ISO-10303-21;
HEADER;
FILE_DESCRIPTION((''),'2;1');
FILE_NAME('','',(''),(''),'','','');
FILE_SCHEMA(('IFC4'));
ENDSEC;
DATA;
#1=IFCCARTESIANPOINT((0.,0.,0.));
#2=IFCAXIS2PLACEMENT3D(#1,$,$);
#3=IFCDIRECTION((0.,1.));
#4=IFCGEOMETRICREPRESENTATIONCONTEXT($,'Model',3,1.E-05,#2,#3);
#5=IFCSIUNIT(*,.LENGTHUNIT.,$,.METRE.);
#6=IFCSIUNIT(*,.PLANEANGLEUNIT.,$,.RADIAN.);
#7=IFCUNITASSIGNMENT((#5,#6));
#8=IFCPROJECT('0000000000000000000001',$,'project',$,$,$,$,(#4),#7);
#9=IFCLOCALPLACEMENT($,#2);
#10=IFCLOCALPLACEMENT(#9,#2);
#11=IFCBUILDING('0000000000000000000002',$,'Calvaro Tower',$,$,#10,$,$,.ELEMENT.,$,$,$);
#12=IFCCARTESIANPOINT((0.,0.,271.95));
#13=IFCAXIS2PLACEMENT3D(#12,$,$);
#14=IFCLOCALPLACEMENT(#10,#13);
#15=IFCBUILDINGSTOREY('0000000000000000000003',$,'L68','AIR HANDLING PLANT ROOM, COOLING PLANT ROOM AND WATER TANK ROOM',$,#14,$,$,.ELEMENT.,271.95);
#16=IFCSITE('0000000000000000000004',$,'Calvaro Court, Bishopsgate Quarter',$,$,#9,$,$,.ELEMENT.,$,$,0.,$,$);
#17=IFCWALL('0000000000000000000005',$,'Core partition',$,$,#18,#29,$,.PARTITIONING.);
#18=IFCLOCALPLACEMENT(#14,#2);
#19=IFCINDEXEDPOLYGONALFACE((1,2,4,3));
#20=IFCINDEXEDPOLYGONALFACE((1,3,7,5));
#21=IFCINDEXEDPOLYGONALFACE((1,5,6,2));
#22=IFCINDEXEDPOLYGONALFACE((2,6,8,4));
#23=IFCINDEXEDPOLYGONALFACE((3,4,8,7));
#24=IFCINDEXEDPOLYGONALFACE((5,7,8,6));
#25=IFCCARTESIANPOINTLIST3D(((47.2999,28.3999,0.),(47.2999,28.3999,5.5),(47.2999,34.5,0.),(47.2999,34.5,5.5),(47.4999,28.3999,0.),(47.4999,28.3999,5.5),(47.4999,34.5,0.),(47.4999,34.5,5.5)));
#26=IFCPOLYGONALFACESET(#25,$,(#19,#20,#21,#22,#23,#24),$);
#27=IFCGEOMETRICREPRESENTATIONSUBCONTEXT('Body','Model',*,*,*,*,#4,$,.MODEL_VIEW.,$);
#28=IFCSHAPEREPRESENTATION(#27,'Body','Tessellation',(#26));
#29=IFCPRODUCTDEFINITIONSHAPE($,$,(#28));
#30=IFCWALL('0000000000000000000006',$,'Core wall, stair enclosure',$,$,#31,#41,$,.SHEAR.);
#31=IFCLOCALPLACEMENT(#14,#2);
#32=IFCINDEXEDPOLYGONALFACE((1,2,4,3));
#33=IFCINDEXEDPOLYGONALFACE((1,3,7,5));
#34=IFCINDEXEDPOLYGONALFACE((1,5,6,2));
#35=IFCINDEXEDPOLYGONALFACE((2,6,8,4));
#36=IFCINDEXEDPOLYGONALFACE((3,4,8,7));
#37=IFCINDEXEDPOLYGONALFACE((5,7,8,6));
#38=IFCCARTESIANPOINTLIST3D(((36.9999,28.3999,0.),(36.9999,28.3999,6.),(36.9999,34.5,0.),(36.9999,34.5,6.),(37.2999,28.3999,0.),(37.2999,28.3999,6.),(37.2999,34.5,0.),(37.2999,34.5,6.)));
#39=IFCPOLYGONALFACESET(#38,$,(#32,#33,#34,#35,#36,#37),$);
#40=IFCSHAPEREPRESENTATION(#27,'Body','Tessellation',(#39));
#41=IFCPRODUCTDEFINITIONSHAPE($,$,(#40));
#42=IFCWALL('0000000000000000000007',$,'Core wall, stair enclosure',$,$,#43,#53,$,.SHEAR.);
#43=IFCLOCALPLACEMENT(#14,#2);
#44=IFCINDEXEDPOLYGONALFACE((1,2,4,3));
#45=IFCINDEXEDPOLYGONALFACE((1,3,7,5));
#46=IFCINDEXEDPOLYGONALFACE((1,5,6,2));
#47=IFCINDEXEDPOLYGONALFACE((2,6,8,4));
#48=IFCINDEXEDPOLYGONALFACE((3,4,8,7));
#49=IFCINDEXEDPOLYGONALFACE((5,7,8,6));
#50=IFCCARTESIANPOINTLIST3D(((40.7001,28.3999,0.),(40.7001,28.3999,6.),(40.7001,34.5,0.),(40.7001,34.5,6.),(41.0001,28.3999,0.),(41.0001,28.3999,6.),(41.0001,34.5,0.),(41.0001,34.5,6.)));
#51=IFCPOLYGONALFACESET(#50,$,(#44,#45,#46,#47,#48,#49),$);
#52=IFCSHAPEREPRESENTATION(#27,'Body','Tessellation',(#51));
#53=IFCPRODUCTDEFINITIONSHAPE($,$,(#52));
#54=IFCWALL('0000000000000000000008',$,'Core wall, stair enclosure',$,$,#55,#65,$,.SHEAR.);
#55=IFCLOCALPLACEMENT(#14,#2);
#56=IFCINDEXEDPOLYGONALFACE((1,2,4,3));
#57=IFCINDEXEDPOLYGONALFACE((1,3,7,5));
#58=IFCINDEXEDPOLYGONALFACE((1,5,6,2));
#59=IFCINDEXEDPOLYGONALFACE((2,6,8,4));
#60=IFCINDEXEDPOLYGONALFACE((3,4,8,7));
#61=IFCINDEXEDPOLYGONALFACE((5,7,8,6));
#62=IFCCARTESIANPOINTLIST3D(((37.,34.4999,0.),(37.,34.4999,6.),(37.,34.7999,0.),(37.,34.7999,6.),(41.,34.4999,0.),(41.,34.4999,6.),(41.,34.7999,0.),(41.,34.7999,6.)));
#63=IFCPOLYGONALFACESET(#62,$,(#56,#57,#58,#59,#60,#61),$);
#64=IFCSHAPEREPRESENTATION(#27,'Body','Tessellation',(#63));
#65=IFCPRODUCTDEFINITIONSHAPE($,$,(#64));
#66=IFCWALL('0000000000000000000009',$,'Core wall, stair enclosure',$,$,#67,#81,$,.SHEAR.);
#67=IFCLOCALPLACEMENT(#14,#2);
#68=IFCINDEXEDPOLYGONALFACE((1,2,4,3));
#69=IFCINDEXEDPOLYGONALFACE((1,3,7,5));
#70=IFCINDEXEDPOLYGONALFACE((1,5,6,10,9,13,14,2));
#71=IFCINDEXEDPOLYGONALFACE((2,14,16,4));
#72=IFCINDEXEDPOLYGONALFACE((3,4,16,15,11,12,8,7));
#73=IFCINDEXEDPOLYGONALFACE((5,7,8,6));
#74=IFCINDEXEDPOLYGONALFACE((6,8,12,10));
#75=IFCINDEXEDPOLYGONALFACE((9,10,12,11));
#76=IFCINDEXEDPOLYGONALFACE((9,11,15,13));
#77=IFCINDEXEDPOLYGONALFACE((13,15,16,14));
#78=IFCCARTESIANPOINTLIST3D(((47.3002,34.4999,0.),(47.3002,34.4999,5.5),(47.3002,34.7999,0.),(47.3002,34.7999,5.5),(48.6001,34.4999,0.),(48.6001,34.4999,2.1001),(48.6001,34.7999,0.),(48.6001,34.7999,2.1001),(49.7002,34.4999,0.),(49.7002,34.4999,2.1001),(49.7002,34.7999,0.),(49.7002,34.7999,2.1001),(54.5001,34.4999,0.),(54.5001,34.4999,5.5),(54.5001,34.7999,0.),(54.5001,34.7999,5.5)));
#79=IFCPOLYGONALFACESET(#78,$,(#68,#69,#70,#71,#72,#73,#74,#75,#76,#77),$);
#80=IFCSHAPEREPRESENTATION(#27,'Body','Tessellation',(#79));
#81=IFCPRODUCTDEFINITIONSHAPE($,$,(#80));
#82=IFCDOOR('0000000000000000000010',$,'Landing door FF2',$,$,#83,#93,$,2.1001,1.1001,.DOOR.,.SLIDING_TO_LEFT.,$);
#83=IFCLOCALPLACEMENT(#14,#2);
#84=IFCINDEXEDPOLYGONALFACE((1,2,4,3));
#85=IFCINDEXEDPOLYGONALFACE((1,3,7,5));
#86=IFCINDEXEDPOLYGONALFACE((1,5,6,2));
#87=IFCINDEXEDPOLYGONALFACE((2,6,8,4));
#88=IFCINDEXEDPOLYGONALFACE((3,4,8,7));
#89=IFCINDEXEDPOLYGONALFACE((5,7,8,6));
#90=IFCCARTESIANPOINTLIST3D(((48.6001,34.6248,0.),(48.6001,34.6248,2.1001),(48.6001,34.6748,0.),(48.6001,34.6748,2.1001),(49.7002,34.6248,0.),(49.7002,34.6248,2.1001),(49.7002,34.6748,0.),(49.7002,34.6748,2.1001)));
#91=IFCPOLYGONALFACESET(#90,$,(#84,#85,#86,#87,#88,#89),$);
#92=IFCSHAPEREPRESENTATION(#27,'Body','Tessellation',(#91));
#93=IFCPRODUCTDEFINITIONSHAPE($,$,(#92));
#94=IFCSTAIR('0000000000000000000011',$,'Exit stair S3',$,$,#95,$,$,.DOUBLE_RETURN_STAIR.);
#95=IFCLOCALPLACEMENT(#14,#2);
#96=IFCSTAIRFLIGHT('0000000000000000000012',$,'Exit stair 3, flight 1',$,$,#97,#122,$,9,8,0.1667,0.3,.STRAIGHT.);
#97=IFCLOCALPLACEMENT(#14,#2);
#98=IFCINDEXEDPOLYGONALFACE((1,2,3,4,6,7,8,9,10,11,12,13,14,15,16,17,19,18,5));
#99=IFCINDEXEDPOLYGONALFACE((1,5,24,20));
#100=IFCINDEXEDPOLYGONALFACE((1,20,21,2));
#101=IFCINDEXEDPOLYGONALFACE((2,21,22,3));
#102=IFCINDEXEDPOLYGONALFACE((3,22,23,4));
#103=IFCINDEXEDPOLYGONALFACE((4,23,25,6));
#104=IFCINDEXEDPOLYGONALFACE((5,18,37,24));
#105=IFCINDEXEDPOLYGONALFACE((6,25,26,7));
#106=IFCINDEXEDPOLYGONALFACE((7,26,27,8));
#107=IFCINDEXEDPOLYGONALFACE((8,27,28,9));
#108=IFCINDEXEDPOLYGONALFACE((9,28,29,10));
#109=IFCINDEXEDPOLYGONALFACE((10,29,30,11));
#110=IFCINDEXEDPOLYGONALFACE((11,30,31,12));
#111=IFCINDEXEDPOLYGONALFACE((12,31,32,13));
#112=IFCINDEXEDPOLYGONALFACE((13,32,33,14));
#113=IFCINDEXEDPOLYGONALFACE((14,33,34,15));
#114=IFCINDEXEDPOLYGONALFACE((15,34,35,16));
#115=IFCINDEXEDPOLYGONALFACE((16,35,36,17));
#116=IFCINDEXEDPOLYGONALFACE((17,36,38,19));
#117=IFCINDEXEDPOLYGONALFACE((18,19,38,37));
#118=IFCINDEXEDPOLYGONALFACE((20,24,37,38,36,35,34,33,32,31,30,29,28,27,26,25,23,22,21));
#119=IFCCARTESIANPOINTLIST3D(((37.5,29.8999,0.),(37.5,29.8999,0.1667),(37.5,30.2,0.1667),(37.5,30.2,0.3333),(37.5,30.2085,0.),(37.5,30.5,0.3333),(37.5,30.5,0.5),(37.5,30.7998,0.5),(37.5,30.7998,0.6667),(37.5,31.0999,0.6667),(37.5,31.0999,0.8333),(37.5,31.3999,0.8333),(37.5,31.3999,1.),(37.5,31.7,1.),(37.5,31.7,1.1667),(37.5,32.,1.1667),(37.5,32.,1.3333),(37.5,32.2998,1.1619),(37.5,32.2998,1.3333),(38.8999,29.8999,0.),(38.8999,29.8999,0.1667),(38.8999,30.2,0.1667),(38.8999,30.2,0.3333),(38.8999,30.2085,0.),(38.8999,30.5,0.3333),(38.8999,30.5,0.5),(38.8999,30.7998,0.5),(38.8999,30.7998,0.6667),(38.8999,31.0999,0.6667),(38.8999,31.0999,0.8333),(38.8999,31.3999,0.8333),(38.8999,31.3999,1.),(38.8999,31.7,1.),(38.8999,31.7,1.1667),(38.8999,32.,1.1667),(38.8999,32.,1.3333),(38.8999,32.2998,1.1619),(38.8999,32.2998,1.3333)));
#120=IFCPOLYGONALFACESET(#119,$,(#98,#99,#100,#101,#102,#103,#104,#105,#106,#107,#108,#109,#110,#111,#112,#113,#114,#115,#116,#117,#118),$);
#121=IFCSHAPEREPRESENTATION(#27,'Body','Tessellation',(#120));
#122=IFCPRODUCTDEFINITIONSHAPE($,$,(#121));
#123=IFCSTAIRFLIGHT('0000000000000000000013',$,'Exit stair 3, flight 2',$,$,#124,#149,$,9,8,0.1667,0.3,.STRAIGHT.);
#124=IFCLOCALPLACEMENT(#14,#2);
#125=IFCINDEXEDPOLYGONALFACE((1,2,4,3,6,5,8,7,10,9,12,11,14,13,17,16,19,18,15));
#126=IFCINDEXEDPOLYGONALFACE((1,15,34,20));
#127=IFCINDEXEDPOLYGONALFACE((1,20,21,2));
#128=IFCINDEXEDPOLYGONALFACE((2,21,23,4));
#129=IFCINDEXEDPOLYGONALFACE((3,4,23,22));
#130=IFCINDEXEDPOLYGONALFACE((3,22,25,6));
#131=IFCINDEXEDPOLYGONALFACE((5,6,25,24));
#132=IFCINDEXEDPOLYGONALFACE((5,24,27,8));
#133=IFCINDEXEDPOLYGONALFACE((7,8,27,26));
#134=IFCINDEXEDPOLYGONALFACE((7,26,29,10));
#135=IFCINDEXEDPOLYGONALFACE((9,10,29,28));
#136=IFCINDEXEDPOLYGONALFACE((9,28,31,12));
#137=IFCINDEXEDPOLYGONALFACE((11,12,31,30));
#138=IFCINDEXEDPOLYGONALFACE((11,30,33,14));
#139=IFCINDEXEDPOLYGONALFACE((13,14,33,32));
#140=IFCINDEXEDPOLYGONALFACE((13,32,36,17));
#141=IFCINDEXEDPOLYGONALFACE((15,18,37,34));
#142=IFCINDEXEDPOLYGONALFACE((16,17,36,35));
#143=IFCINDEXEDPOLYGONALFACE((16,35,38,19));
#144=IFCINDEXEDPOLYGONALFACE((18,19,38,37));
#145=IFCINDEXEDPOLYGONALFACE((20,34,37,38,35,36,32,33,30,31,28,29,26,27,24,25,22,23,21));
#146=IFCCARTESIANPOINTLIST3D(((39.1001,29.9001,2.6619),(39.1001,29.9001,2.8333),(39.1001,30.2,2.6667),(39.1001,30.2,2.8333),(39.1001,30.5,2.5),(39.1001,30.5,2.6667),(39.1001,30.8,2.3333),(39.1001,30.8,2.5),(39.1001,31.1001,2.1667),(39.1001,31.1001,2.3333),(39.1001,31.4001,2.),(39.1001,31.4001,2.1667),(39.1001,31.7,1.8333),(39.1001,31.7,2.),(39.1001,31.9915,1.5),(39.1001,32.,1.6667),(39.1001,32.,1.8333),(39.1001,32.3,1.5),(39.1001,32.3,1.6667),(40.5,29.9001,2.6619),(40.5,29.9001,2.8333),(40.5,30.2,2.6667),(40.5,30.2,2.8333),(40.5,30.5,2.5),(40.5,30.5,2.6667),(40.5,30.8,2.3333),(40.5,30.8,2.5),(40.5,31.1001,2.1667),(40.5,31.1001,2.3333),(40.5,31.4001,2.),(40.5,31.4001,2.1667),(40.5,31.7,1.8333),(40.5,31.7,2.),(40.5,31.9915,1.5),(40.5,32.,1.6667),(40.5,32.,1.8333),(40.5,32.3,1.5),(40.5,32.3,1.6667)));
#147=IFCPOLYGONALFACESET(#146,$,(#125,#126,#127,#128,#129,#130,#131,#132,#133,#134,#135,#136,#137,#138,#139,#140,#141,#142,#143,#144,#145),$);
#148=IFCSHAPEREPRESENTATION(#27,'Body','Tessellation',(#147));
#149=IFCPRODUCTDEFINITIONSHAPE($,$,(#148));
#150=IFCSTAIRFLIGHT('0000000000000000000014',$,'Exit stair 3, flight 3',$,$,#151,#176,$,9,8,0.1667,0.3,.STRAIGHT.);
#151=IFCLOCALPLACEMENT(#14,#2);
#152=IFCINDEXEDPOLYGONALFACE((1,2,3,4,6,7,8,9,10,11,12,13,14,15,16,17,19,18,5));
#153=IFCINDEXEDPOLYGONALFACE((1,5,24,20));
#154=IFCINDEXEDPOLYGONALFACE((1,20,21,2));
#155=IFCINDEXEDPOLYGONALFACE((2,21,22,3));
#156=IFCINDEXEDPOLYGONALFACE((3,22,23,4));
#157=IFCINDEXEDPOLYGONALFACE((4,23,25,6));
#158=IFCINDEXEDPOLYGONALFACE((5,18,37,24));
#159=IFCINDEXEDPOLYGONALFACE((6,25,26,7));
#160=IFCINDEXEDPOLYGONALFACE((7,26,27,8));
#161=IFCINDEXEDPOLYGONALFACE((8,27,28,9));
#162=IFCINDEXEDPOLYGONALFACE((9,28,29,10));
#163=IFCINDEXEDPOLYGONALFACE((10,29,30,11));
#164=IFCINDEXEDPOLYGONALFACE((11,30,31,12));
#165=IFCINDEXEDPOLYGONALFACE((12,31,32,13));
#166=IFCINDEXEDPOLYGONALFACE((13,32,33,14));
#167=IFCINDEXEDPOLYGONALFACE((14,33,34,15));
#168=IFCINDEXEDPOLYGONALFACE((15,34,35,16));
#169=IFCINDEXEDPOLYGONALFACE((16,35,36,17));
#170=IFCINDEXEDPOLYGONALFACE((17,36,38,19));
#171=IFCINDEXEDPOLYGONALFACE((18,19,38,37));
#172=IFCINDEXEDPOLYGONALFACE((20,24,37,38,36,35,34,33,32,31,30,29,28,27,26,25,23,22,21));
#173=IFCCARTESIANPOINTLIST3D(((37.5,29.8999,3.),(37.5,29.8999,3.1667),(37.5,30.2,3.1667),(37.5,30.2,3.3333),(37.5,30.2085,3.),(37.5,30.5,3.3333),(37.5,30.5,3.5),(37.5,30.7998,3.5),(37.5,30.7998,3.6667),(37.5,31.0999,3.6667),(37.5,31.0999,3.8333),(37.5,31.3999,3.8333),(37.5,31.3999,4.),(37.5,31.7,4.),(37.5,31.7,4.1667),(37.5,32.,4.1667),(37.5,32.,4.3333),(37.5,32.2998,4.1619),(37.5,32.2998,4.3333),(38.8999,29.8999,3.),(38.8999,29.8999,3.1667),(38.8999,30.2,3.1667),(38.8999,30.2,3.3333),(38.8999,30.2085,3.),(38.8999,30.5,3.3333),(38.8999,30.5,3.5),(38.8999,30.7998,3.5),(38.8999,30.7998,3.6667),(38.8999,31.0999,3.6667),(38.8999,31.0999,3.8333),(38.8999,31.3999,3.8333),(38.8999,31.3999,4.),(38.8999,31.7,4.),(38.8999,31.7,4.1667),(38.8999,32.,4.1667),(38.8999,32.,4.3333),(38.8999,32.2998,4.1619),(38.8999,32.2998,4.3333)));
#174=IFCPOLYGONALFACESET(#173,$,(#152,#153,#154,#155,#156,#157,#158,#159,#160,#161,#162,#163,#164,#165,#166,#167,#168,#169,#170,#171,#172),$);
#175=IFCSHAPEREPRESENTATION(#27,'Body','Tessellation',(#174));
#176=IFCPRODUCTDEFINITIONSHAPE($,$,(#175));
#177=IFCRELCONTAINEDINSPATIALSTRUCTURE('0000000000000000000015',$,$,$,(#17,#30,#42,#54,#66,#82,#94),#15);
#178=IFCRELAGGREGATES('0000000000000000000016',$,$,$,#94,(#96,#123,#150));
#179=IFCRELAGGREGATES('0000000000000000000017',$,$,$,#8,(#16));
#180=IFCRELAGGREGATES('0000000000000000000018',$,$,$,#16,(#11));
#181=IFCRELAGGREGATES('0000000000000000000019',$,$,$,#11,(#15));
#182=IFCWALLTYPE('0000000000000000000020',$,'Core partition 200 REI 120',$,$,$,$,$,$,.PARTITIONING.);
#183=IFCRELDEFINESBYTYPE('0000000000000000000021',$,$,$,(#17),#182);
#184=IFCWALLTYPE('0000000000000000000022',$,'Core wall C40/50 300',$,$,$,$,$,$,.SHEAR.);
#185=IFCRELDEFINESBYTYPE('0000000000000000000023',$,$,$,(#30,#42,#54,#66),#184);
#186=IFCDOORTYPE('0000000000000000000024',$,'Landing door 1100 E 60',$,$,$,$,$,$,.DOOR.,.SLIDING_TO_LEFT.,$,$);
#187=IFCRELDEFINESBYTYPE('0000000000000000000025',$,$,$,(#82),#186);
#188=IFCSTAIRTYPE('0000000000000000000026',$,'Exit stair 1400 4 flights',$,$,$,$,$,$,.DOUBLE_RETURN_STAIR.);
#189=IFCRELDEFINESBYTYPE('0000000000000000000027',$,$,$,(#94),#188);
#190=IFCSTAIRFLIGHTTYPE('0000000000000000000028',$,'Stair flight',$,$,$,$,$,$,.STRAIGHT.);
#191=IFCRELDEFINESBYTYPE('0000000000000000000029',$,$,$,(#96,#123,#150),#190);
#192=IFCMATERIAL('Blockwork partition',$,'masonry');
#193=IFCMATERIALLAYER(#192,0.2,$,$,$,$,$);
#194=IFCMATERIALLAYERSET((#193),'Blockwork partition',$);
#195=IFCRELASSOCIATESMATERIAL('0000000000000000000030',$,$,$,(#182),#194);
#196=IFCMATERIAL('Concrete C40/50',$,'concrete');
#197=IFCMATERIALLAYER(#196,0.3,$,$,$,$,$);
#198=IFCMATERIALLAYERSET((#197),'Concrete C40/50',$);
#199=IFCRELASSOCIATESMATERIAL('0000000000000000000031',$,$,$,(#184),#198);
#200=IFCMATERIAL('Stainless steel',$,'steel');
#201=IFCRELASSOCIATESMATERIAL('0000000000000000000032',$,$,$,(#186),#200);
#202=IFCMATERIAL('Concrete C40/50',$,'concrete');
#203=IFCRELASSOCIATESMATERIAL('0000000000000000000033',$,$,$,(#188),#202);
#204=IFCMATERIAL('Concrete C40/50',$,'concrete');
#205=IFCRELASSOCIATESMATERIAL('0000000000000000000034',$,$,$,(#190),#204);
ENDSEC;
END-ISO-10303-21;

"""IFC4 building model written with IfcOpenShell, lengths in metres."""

from ifc_helpers import new_model, si_unit, direction, frame, frame_2d, origin, place, context, subcontext, project, spatial, polyline, rectangle, outline, extrude, material, layer, layer_set, type_object, element, fill, aggregate, save


model = new_model("IFC4")

# Units and contexts
model_context = context("Model", 3, precision=1e-05, world=origin(), true_north=direction((0.0, 1.0)))
body_context = subcontext(model_context, "Body", "Model", "MODEL_VIEW")
ifc_project = project(units=[si_unit("LENGTHUNIT", "METRE"), si_unit("PLANEANGLEUNIT", "RADIAN")], contexts=[model_context])

# Site, building, storey
site_placement = place(None, origin())
site = spatial("IfcSite", under=ifc_project, at=site_placement, Name="Calvaro Court, Bishopsgate Quarter", CompositionType="ELEMENT", RefElevation=0.0)
building_placement = place(site_placement, origin())
building = spatial("IfcBuilding", under=site, at=building_placement, Name="Calvaro Tower", CompositionType="ELEMENT")
storey_placement = place(building_placement, frame((0.0, 0.0, 271.95)))
storey = spatial("IfcBuildingStorey", under=building, at=storey_placement, Name="L68", Description="AIR HANDLING PLANT ROOM, COOLING PLANT ROOM AND WATER TANK ROOM", CompositionType="ELEMENT", Elevation=271.95)

# Walls
ifc_material_1 = material(Name="Blockwork partition", Category="masonry")
ifc_layer_1 = layer(ifc_material_1, 0.2)
ifc_layer_set_1 = layer_set([ifc_layer_1], Name="Blockwork partition")
wall_type_1 = type_object("IfcWallType", Name="Core partition 200 REI 120", PredefinedType="PARTITIONING", material=ifc_layer_set_1)
wall_1_placement = place(storey_placement, frame((47.3999, 28.3999, 0.0), z_axis=(0.0, 0.0, 1.0), x_axis=(0.0, 1.0, 0.0)))
element("IfcWall", 1, at=wall_1_placement, inside=storey, type_object=wall_type_1, Name="Core partition", PredefinedType="PARTITIONING", context=body_context, shape_type="SweptSolid", body=[
    extrude(rectangle(XDim=6.1001, YDim=0.2, at=frame_2d((3.05, 0.0))), origin(), (0.0, 0.0, 1.0), 5.5),
])
ifc_material_2 = material(Name="Concrete C40/50", Category="concrete")
ifc_layer_2 = layer(ifc_material_2, 0.3)
ifc_layer_set_2 = layer_set([ifc_layer_2], Name="Concrete C40/50")
wall_type_2 = type_object("IfcWallType", Name="Core wall C40/50 300", PredefinedType="SHEAR", material=ifc_layer_set_2)
for number, where, z_axis, x_axis, name in (
    (2, (37.1499, 28.3999, 0.0), (0.0, 0.0, 1.0), (0.0, 1.0, 0.0), "Core wall, stair enclosure"),
    (3, (40.8501, 28.3999, 0.0), (0.0, 0.0, 1.0), (0.0, 1.0, 0.0), "Core wall, stair enclosure"),
):
    element("IfcWall", number, at=place(storey_placement, frame(where, z_axis=z_axis, x_axis=x_axis)), inside=storey, type_object=wall_type_2, Name=name, PredefinedType="SHEAR", context=body_context, shape_type="SweptSolid", body=[
        extrude(rectangle(XDim=6.1001, YDim=0.3, at=frame_2d((3.05, 0.0))), origin(), (0.0, 0.0, 1.0), 6.0),
    ])
wall_2_placement = place(storey_placement, frame((37.0, 34.6499, 0.0), z_axis=(0.0, 0.0, 1.0), x_axis=(1.0, 0.0, 0.0)))
element("IfcWall", 4, at=wall_2_placement, inside=storey, type_object=wall_type_2, Name="Core wall, stair enclosure", PredefinedType="SHEAR", context=body_context, shape_type="SweptSolid", body=[
    extrude(rectangle(XDim=4.0, YDim=0.3, at=frame_2d((2.0, 0.0))), origin(), (0.0, 0.0, 1.0), 6.0),
])

# Wall, opening, door
wall_3_placement = place(storey_placement, frame((47.3, 34.6499, 0.0), z_axis=(0.0, 0.0, 1.0), x_axis=(1.0, 0.0, 0.0)))
wall_3 = element("IfcWall", 5, at=wall_3_placement, inside=storey, type_object=wall_type_2, Name="Core wall, stair enclosure", PredefinedType="SHEAR", context=body_context, shape_type="SweptSolid", body=[
    extrude(rectangle(XDim=7.2, YDim=0.3, at=frame_2d((3.6001, 0.0))), origin(), (0.0, 0.0, 1.0), 5.5),
])
opening_placement = place(wall_3_placement, frame((1.3, 0.0, 0.0)))
opening = element("IfcOpeningElement", 6, at=opening_placement, cuts=wall_3, PredefinedType="OPENING", context=body_context, shape_type="SweptSolid", body=[
    extrude(rectangle(XDim=1.1001, YDim=2.1001, at=frame_2d((0.55, 1.05))), frame((0.0, 0.1599, 0.0), z_axis=(0.0, -1.0, 0.0), x_axis=(1.0, 0.0, 0.0)), (0.0, 0.0, 1.0), 0.3201),
])
ifc_material_3 = material(Name="Stainless steel", Category="steel")
door_type = type_object("IfcDoorType", Name="Landing door 1100 E 60", OperationType="SLIDING_TO_LEFT", PredefinedType="DOOR", material=ifc_material_3)
door_placement = place(opening_placement, origin())
door = element("IfcDoor", 7, at=door_placement, inside=storey, type_object=door_type, Name="Landing door FF2", OperationType="SLIDING_TO_LEFT", OverallHeight=2.1001, OverallWidth=1.1001, PredefinedType="DOOR", context=body_context, shape_type="SweptSolid", body=[
    extrude(rectangle(XDim=1.1001, YDim=2.1001, at=frame_2d((0.55, 1.05))), frame((0.0, 0.0249, 0.0), z_axis=(0.0, -1.0, 0.0), x_axis=(1.0, 0.0, 0.0)), (0.0, 0.0, 1.0), 0.05),
])
fill(opening, door)

# Stair, stair flights
ifc_material_4 = material(Name="Concrete C40/50", Category="concrete")
stair_type = type_object("IfcStairType", Name="Exit stair 1400 4 flights", PredefinedType="DOUBLE_RETURN_STAIR", material=ifc_material_4)
stair_placement = place(storey_placement, origin())
stair = element("IfcStair", 8, at=stair_placement, inside=storey, type_object=stair_type, Name="Exit stair S3", PredefinedType="DOUBLE_RETURN_STAIR")
ifc_material_5 = material(Name="Concrete C40/50", Category="concrete")
stair_flight_type = type_object("IfcStairFlightType", Name="Stair flight", PredefinedType="STRAIGHT", material=ifc_material_5)
stair_flight_1_placement = place(storey_placement, frame((38.2, 29.8999, 0.0), z_axis=(0.0, 0.0, 1.0), x_axis=(0.0, 1.0, 0.0)))
stair_flight_1 = element("IfcStairFlight", 9, at=stair_flight_1_placement, type_object=stair_flight_type, Name="Exit stair 3, flight 1", NumberOfRisers=9, NumberOfTreads=8, PredefinedType="STRAIGHT", RiserHeight=0.1667, TreadLength=0.3, context=body_context, shape_type="SweptSolid", body=[
    extrude(outline(polyline([(0.0, 0.0), (0.0, 0.1667), (0.3, 0.1667), (0.3, 0.3333), (0.6001, 0.3333), (0.6001, 0.5), (0.8999, 0.5), (0.8999, 0.6667), (1.2, 0.6667), (1.2, 0.8333), (1.5, 0.8333), (1.5, 1.0), (1.8, 1.0), (1.8, 1.1667), (2.1001, 1.1667), (2.1001, 1.3333), (2.3999, 1.3333), (2.3999, 1.5), (2.3999, 1.1619), (0.3086, 0.0), (0.0, 0.0)])), frame((0.0, 0.7, 0.0), z_axis=(0.0, -1.0, 0.0), x_axis=(1.0, 0.0, 0.0)), (0.0, 0.0, 1.0), 1.3999),
])
stair_flight_2_placement = place(storey_placement, frame((39.8, 32.3, 1.5), z_axis=(0.0, 0.0, 1.0), x_axis=(0.0, -1.0, 0.0)))
stair_flight_2 = element("IfcStairFlight", 10, at=stair_flight_2_placement, type_object=stair_flight_type, Name="Exit stair 3, flight 2", NumberOfRisers=9, NumberOfTreads=8, PredefinedType="STRAIGHT", RiserHeight=0.1667, TreadLength=0.3, context=body_context, shape_type="SweptSolid", body=[
    extrude(outline(polyline([(0.0, 0.0), (0.0, 0.1667), (0.3, 0.1667), (0.3, 0.3333), (0.6001, 0.3333), (0.6001, 0.5), (0.8999, 0.5), (0.8999, 0.6667), (1.2, 0.6667), (1.2, 0.8333), (1.5, 0.8333), (1.5, 1.0), (1.8, 1.0), (1.8, 1.1667), (2.1001, 1.1667), (2.1001, 1.3333), (2.3999, 1.3333), (2.3999, 1.5), (2.3999, 1.1619), (0.3086, 0.0), (0.0, 0.0)])), frame((0.0, 0.7, 0.0), z_axis=(0.0, -1.0, 0.0), x_axis=(1.0, 0.0, 0.0)), (0.0, 0.0, 1.0), 1.3999),
])
stair_flight_3_placement = place(storey_placement, frame((38.2, 29.8999, 3.0), z_axis=(0.0, 0.0, 1.0), x_axis=(0.0, 1.0, 0.0)))
stair_flight_3 = element("IfcStairFlight", 11, at=stair_flight_3_placement, type_object=stair_flight_type, Name="Exit stair 3, flight 3", NumberOfRisers=9, NumberOfTreads=8, PredefinedType="STRAIGHT", RiserHeight=0.1667, TreadLength=0.3, context=body_context, shape_type="SweptSolid", body=[
    extrude(outline(polyline([(0.0, 0.0), (0.0, 0.1667), (0.3, 0.1667), (0.3, 0.3333), (0.6001, 0.3333), (0.6001, 0.5), (0.8999, 0.5), (0.8999, 0.6667), (1.2, 0.6667), (1.2, 0.8333), (1.5, 0.8333), (1.5, 1.0), (1.8, 1.0), (1.8, 1.1667), (2.1001, 1.1667), (2.1001, 1.3333), (2.3999, 1.3333), (2.3999, 1.5), (2.3999, 1.1619), (0.3086, 0.0), (0.0, 0.0)])), frame((0.0, 0.7, 0.0), z_axis=(0.0, -1.0, 0.0), x_axis=(1.0, 0.0, 0.0)), (0.0, 0.0, 1.0), 1.3999),
])

aggregate(stair, [stair_flight_1, stair_flight_2, stair_flight_3])

save(model, "model.ifc")
